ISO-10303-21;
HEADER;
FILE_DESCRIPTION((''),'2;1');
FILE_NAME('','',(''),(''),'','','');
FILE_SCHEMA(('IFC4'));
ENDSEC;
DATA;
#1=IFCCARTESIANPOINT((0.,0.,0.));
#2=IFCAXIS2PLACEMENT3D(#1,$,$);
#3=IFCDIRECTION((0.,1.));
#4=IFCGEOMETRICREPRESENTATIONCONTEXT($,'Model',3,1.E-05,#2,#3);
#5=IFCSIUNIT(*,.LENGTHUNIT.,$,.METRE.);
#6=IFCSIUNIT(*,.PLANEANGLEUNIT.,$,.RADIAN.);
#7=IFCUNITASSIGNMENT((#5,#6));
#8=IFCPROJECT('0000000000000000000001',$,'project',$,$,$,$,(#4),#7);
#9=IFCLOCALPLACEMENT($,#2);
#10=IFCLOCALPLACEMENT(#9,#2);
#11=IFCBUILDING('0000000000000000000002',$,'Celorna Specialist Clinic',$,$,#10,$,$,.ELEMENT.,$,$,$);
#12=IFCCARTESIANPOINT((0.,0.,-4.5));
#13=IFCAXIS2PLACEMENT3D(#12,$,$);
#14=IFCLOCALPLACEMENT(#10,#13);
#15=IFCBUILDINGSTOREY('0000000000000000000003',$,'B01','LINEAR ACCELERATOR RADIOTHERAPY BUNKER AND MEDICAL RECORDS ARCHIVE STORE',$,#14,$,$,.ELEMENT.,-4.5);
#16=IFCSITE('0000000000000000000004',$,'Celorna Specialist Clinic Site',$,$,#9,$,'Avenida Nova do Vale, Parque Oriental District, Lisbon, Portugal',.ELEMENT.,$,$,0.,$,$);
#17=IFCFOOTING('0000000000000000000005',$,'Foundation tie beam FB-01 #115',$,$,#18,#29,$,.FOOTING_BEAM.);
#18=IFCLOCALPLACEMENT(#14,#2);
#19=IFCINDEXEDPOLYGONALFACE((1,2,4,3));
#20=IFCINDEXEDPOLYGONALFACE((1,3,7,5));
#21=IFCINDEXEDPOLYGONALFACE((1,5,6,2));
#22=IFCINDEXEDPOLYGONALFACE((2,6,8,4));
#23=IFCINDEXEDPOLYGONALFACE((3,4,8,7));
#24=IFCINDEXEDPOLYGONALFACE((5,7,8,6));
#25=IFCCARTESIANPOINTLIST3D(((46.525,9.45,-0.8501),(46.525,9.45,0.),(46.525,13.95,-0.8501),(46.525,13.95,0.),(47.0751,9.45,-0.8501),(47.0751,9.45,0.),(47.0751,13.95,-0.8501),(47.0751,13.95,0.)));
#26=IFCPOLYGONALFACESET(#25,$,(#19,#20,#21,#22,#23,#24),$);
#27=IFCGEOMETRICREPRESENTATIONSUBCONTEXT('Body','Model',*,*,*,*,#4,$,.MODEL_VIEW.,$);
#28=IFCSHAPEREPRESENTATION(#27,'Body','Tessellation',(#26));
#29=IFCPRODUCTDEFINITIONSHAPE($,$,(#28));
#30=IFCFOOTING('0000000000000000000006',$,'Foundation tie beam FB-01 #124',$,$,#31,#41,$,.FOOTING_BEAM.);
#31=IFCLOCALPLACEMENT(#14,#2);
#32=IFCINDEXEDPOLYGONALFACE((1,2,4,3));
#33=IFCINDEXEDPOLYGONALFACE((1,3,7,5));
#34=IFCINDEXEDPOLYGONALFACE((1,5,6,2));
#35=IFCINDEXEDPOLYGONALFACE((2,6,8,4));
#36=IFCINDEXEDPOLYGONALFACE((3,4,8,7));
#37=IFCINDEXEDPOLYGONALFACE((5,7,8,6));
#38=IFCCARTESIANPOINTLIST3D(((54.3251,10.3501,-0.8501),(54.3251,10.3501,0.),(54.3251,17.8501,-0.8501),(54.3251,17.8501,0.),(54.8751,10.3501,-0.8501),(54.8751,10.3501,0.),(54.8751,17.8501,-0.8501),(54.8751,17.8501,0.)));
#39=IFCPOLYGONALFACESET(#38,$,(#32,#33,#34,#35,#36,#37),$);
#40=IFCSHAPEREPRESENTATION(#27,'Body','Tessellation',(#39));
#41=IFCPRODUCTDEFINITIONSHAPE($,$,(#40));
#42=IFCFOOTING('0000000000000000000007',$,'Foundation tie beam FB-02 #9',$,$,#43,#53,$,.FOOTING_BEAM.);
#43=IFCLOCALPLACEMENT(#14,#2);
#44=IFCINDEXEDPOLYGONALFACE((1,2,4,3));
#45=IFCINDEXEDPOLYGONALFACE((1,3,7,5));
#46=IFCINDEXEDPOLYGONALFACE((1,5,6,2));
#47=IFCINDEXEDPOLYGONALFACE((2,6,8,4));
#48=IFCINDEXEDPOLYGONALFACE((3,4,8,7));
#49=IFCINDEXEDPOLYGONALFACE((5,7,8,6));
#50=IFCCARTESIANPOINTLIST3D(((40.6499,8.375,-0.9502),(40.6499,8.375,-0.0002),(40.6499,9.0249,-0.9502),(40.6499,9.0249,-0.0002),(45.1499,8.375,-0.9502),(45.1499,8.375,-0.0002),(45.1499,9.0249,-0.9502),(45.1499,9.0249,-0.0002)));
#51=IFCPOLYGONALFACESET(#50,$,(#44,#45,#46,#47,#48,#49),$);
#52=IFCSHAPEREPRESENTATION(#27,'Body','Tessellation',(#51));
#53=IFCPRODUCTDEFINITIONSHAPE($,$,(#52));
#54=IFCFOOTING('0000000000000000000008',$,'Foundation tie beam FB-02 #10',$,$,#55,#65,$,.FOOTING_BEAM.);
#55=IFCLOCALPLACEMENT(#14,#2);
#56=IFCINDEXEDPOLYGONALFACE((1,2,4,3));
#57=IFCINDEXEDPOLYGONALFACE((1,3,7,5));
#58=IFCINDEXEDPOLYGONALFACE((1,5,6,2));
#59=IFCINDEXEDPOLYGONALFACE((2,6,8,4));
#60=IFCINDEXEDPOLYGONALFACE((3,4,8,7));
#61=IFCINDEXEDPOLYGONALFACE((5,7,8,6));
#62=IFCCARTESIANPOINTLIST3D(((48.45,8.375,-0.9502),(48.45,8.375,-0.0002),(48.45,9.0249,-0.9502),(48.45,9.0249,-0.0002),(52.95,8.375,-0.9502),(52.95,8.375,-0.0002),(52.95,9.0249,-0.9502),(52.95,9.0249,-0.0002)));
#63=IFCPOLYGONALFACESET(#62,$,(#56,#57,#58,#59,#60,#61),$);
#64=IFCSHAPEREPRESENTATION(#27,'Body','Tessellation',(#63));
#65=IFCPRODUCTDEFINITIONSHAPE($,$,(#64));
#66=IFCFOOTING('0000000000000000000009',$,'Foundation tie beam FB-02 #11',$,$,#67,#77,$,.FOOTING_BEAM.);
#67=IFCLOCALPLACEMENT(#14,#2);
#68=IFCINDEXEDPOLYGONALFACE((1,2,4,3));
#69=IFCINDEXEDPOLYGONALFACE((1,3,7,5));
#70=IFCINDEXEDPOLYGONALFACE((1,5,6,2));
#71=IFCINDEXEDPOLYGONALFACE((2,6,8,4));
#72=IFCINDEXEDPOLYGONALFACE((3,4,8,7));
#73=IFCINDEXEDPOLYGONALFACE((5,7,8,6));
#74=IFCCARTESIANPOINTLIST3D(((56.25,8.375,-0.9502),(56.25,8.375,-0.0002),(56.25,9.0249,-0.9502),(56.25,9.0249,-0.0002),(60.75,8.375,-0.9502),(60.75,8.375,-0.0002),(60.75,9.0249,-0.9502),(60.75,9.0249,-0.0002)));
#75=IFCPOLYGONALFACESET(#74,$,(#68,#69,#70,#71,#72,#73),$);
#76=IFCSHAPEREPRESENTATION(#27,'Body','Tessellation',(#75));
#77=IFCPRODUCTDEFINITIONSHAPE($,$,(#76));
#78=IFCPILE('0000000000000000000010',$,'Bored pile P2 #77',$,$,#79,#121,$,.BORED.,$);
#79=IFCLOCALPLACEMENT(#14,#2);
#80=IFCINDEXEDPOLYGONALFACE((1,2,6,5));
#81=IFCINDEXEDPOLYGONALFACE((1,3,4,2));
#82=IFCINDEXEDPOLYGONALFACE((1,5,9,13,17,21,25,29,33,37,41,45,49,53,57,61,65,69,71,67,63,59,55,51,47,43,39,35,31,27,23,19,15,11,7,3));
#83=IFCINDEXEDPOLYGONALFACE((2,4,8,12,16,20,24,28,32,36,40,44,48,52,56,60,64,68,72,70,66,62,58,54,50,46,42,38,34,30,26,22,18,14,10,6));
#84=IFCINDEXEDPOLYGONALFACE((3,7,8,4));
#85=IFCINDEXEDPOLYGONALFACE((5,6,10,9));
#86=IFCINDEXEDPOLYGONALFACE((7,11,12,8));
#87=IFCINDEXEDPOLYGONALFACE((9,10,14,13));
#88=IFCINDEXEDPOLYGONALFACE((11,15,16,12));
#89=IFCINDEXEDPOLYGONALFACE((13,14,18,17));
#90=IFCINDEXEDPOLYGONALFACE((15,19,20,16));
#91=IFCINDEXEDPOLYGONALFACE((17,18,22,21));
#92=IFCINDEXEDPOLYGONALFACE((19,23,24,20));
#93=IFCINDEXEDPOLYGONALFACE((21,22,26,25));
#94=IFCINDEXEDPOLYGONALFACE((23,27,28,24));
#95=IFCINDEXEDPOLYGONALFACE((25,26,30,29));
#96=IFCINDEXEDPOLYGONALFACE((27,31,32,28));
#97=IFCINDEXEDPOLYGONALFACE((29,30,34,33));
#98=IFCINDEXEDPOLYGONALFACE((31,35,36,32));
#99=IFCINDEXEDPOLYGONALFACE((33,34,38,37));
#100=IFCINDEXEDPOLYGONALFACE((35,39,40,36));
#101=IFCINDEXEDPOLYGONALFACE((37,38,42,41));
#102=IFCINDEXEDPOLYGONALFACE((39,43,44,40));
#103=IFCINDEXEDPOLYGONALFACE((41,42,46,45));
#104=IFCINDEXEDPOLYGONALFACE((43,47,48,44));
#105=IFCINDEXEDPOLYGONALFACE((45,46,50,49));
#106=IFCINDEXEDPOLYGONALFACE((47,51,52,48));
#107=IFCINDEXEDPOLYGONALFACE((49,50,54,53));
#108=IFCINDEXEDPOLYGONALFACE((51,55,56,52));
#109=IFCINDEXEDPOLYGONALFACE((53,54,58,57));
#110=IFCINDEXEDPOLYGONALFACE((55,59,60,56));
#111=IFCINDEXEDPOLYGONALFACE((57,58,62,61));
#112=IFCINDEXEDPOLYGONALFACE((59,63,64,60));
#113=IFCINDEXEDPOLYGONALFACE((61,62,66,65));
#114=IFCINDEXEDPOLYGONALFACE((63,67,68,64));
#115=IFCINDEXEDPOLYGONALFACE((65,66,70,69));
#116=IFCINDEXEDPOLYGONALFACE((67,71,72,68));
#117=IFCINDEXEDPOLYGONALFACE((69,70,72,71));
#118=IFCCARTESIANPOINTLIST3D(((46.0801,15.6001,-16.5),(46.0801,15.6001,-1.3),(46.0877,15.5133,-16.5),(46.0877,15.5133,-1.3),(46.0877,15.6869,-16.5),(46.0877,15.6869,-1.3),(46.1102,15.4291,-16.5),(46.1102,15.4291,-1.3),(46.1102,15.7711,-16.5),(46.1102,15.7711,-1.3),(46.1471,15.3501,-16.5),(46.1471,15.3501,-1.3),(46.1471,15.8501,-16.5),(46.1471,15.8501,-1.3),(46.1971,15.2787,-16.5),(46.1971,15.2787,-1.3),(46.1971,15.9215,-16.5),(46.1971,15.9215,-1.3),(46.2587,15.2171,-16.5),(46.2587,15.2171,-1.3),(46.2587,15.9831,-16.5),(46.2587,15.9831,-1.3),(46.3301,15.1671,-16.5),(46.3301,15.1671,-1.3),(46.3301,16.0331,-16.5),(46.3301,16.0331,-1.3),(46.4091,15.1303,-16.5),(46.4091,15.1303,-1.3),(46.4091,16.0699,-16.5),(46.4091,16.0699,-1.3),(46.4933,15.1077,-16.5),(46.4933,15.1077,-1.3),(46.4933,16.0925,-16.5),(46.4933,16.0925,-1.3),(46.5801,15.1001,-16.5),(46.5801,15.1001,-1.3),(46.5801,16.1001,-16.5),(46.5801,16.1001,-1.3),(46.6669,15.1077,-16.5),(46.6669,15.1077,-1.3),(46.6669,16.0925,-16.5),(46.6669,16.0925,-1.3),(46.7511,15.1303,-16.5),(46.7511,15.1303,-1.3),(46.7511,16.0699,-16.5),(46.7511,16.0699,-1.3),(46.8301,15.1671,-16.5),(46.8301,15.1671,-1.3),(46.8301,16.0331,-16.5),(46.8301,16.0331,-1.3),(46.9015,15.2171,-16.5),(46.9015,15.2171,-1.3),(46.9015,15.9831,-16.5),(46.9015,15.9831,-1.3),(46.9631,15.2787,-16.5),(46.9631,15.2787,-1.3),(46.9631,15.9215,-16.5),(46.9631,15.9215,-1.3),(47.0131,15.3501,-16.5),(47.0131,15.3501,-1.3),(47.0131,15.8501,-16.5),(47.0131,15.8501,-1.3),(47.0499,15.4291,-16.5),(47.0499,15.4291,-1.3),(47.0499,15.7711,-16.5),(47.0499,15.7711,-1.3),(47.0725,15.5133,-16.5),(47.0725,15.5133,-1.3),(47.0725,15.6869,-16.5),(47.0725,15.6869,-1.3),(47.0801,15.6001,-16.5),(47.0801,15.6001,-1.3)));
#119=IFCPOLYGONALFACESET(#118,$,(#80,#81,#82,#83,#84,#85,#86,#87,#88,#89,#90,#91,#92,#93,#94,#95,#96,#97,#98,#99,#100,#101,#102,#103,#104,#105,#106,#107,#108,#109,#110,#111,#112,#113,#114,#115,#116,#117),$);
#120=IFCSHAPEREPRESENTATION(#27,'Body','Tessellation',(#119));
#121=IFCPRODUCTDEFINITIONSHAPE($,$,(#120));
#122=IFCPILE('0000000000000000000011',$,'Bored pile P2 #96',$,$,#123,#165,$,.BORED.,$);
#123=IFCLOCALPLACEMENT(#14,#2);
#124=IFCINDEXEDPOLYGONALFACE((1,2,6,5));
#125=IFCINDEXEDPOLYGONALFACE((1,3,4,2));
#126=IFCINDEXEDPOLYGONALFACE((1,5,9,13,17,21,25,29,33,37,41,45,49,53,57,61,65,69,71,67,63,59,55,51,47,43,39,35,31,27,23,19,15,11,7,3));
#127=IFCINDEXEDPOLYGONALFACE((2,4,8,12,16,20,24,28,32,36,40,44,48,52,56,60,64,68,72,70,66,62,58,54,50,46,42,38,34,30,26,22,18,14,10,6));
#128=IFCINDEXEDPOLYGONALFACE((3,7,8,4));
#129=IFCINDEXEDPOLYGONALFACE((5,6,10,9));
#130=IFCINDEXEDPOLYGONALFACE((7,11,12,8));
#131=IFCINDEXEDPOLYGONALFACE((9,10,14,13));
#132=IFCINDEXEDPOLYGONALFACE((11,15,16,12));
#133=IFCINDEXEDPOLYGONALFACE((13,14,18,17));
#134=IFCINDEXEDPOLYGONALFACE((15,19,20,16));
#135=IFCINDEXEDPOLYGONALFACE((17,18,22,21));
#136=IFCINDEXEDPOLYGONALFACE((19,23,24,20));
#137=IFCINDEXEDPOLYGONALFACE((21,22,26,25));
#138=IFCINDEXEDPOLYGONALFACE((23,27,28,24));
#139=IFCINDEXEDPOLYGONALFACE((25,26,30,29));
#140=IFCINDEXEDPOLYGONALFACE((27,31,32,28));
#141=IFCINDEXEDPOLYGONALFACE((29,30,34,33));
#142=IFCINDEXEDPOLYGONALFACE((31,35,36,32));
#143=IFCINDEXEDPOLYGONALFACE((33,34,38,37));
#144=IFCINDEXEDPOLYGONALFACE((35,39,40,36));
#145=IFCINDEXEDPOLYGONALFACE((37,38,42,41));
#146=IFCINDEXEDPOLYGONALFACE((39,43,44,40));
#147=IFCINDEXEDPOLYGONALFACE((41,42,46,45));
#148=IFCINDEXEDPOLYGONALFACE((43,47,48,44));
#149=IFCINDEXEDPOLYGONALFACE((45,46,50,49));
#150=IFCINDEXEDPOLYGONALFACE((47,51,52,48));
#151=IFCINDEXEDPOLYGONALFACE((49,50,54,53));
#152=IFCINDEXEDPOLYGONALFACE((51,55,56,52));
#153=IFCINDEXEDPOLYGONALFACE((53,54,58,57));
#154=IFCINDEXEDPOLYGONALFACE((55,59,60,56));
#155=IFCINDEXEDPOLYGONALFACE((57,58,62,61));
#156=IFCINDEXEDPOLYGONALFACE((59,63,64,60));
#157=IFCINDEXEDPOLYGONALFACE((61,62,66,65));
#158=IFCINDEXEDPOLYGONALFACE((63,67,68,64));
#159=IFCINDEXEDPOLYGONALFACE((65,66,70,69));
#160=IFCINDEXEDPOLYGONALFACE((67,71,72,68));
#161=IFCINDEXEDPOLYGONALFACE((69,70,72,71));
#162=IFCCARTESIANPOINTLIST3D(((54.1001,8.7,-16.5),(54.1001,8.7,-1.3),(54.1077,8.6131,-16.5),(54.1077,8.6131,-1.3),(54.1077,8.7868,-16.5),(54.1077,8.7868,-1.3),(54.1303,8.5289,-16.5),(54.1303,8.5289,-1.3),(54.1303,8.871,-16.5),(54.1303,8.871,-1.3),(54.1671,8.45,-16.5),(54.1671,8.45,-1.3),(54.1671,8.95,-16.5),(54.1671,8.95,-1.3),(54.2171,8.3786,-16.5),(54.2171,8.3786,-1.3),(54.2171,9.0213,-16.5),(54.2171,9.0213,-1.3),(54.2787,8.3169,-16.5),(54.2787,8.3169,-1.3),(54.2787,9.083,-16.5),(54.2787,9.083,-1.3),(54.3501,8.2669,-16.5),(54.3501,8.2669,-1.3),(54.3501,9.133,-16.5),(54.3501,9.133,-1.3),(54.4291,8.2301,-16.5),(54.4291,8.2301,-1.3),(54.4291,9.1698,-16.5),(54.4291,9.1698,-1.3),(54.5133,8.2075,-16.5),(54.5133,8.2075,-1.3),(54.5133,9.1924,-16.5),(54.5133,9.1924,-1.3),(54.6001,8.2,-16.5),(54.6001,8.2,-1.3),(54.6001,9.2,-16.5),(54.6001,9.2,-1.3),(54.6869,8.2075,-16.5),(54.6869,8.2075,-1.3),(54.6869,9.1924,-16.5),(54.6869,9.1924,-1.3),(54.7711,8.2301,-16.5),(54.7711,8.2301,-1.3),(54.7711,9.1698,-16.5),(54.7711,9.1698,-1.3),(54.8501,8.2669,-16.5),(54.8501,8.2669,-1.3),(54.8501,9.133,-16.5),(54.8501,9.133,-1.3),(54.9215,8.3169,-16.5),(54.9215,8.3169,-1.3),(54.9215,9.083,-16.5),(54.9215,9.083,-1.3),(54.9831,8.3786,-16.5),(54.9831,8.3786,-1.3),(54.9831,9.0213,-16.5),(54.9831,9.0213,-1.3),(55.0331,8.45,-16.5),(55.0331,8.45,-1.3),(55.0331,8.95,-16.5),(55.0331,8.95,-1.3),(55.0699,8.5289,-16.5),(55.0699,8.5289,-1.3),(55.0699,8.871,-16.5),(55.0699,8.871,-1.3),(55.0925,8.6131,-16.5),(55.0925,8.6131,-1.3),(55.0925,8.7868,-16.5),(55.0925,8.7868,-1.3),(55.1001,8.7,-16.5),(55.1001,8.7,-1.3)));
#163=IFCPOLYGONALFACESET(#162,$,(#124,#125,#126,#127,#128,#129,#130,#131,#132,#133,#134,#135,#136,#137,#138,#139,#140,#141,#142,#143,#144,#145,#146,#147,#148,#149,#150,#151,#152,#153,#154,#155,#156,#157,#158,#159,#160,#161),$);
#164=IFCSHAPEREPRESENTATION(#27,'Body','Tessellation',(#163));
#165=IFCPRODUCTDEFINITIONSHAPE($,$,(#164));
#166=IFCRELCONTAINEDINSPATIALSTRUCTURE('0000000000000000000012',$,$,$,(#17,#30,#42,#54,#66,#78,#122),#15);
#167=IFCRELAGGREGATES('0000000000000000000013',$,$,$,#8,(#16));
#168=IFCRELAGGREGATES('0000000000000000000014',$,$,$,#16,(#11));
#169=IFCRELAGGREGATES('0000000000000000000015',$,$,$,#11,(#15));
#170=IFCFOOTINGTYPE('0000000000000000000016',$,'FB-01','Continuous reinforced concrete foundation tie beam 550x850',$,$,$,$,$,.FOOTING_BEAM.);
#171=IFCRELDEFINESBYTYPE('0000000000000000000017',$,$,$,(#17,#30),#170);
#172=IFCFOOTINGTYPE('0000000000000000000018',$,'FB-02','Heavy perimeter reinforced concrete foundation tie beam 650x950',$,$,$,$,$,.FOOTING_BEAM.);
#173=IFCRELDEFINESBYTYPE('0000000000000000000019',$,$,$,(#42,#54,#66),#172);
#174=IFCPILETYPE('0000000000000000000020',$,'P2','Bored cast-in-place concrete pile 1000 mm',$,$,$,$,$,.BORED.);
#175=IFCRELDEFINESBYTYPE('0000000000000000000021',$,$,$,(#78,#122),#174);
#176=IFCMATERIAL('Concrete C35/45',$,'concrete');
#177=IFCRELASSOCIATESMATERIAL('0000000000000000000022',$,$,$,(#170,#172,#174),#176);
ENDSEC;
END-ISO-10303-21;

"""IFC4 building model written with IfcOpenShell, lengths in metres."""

from ifc_helpers import new_model, si_unit, direction, frame, origin, origin_2d, place, context, subcontext, project, spatial, rectangle, circle, extrude, material, material_profile, profile_set, type_object, element, save


model = new_model("IFC4")

# Units and contexts
model_context = context("Model", 3, precision=1e-05, world=origin(), true_north=direction((0.0, 1.0)))
body_context = subcontext(model_context, "Body", "Model", "MODEL_VIEW")
ifc_project = project(units=[si_unit("LENGTHUNIT", "METRE"), si_unit("PLANEANGLEUNIT", "RADIAN")], contexts=[model_context])

# Site, building, storey
site_placement = place(None, origin())
site = spatial("IfcSite", under=ifc_project, at=site_placement, Name="Celorna Specialist Clinic Site", LongName="Avenida Nova do Vale, Parque Oriental District, Lisbon, Portugal", CompositionType="ELEMENT", RefElevation=0.0)
building_placement = place(site_placement, origin())
building = spatial("IfcBuilding", under=site, at=building_placement, Name="Celorna Specialist Clinic", CompositionType="ELEMENT")
storey_placement = place(building_placement, frame((0.0, 0.0, -4.5)))
storey = spatial("IfcBuildingStorey", under=building, at=storey_placement, Name="B01", Description="LINEAR ACCELERATOR RADIOTHERAPY BUNKER AND MEDICAL RECORDS ARCHIVE STORE", CompositionType="ELEMENT", Elevation=-4.5)

# Footings
ifc_material_1 = material(Name="Concrete C35/45", Category="concrete")
footing_type_1 = type_object("IfcFootingType", Name="FB-01", Description="Continuous reinforced concrete foundation tie beam 550x850", PredefinedType="FOOTING_BEAM", material=ifc_material_1)
footing_1_placement = place(storey_placement, frame((46.8, 11.7, -0.8501), z_axis=(0.0, 0.0, 1.0), x_axis=(0.0, 1.0, 0.0)))
element("IfcFooting", 1, at=footing_1_placement, inside=storey, type_object=footing_type_1, Name="Foundation tie beam FB-01 #115", PredefinedType="FOOTING_BEAM", context=body_context, shape_type="SweptSolid", body=[
    extrude(rectangle(XDim=4.5, YDim=0.55, at=origin_2d()), origin(), (0.0, 0.0, 1.0), 0.8501),
])
footing_2_placement = place(storey_placement, frame((54.6001, 14.1001, -0.8501), z_axis=(0.0, 0.0, 1.0), x_axis=(0.0, 1.0, 0.0)))
element("IfcFooting", 2, at=footing_2_placement, inside=storey, type_object=footing_type_1, Name="Foundation tie beam FB-01 #124", PredefinedType="FOOTING_BEAM", context=body_context, shape_type="SweptSolid", body=[
    extrude(rectangle(XDim=7.5, YDim=0.55, at=origin_2d()), origin(), (0.0, 0.0, 1.0), 0.8501),
])
footing_type_2 = type_object("IfcFootingType", Name="FB-02", Description="Heavy perimeter reinforced concrete foundation tie beam 650x950", PredefinedType="FOOTING_BEAM", material=ifc_material_1)
for number, where, z_axis, x_axis, name in (
    (3, (42.8999, 8.7, -0.9502), (0.0, 0.0, 1.0), (1.0, 0.0, 0.0), "Foundation tie beam FB-02 #9"),
    (4, (50.7, 8.7, -0.9502), (0.0, 0.0, 1.0), (1.0, 0.0, 0.0), "Foundation tie beam FB-02 #10"),
    (5, (58.5, 8.7, -0.9502), (0.0, 0.0, 1.0), (1.0, 0.0, 0.0), "Foundation tie beam FB-02 #11"),
):
    element("IfcFooting", number, at=place(storey_placement, frame(where, z_axis=z_axis, x_axis=x_axis)), inside=storey, type_object=footing_type_2, Name=name, PredefinedType="FOOTING_BEAM", context=body_context, shape_type="SweptSolid", body=[
        extrude(rectangle(XDim=4.5, YDim=0.6499, at=origin_2d()), origin(), (0.0, 0.0, 1.0), 0.95),
    ])

# Piles
ifc_material_profile_1 = material_profile(ifc_material_1, circle(Radius=0.5, at=origin_2d()), Name="BORED PILE 1000")
ifc_profile_set_1 = profile_set([ifc_material_profile_1], Name="Concrete C35/45")
pile_type_1 = type_object("IfcPileType", Name="P2", Description="Bored cast-in-place concrete pile 1000 mm", PredefinedType="BORED", material=ifc_profile_set_1)
for number, where, z_axis, x_axis, name in (
    (6, (46.5801, 15.6001, -1.3), (0.0, 0.0, -1.0), (1.0, 0.0, 0.0), "Bored pile P2 #77"),
    (7, (54.6001, 8.7, -1.3), (0.0, 0.0, -1.0), (1.0, 0.0, 0.0), "Bored pile P2 #96"),
):
    element("IfcPile", number, at=place(storey_placement, frame(where, z_axis=z_axis, x_axis=x_axis)), inside=storey, type_object=pile_type_1, Name=name, PredefinedType="BORED", context=body_context, shape_type="SweptSolid", body=[
        extrude(circle(Radius=0.5, at=origin_2d()), origin(), (0.0, 0.0, 1.0), 15.2),
    ])

save(model, "model.ifc")
